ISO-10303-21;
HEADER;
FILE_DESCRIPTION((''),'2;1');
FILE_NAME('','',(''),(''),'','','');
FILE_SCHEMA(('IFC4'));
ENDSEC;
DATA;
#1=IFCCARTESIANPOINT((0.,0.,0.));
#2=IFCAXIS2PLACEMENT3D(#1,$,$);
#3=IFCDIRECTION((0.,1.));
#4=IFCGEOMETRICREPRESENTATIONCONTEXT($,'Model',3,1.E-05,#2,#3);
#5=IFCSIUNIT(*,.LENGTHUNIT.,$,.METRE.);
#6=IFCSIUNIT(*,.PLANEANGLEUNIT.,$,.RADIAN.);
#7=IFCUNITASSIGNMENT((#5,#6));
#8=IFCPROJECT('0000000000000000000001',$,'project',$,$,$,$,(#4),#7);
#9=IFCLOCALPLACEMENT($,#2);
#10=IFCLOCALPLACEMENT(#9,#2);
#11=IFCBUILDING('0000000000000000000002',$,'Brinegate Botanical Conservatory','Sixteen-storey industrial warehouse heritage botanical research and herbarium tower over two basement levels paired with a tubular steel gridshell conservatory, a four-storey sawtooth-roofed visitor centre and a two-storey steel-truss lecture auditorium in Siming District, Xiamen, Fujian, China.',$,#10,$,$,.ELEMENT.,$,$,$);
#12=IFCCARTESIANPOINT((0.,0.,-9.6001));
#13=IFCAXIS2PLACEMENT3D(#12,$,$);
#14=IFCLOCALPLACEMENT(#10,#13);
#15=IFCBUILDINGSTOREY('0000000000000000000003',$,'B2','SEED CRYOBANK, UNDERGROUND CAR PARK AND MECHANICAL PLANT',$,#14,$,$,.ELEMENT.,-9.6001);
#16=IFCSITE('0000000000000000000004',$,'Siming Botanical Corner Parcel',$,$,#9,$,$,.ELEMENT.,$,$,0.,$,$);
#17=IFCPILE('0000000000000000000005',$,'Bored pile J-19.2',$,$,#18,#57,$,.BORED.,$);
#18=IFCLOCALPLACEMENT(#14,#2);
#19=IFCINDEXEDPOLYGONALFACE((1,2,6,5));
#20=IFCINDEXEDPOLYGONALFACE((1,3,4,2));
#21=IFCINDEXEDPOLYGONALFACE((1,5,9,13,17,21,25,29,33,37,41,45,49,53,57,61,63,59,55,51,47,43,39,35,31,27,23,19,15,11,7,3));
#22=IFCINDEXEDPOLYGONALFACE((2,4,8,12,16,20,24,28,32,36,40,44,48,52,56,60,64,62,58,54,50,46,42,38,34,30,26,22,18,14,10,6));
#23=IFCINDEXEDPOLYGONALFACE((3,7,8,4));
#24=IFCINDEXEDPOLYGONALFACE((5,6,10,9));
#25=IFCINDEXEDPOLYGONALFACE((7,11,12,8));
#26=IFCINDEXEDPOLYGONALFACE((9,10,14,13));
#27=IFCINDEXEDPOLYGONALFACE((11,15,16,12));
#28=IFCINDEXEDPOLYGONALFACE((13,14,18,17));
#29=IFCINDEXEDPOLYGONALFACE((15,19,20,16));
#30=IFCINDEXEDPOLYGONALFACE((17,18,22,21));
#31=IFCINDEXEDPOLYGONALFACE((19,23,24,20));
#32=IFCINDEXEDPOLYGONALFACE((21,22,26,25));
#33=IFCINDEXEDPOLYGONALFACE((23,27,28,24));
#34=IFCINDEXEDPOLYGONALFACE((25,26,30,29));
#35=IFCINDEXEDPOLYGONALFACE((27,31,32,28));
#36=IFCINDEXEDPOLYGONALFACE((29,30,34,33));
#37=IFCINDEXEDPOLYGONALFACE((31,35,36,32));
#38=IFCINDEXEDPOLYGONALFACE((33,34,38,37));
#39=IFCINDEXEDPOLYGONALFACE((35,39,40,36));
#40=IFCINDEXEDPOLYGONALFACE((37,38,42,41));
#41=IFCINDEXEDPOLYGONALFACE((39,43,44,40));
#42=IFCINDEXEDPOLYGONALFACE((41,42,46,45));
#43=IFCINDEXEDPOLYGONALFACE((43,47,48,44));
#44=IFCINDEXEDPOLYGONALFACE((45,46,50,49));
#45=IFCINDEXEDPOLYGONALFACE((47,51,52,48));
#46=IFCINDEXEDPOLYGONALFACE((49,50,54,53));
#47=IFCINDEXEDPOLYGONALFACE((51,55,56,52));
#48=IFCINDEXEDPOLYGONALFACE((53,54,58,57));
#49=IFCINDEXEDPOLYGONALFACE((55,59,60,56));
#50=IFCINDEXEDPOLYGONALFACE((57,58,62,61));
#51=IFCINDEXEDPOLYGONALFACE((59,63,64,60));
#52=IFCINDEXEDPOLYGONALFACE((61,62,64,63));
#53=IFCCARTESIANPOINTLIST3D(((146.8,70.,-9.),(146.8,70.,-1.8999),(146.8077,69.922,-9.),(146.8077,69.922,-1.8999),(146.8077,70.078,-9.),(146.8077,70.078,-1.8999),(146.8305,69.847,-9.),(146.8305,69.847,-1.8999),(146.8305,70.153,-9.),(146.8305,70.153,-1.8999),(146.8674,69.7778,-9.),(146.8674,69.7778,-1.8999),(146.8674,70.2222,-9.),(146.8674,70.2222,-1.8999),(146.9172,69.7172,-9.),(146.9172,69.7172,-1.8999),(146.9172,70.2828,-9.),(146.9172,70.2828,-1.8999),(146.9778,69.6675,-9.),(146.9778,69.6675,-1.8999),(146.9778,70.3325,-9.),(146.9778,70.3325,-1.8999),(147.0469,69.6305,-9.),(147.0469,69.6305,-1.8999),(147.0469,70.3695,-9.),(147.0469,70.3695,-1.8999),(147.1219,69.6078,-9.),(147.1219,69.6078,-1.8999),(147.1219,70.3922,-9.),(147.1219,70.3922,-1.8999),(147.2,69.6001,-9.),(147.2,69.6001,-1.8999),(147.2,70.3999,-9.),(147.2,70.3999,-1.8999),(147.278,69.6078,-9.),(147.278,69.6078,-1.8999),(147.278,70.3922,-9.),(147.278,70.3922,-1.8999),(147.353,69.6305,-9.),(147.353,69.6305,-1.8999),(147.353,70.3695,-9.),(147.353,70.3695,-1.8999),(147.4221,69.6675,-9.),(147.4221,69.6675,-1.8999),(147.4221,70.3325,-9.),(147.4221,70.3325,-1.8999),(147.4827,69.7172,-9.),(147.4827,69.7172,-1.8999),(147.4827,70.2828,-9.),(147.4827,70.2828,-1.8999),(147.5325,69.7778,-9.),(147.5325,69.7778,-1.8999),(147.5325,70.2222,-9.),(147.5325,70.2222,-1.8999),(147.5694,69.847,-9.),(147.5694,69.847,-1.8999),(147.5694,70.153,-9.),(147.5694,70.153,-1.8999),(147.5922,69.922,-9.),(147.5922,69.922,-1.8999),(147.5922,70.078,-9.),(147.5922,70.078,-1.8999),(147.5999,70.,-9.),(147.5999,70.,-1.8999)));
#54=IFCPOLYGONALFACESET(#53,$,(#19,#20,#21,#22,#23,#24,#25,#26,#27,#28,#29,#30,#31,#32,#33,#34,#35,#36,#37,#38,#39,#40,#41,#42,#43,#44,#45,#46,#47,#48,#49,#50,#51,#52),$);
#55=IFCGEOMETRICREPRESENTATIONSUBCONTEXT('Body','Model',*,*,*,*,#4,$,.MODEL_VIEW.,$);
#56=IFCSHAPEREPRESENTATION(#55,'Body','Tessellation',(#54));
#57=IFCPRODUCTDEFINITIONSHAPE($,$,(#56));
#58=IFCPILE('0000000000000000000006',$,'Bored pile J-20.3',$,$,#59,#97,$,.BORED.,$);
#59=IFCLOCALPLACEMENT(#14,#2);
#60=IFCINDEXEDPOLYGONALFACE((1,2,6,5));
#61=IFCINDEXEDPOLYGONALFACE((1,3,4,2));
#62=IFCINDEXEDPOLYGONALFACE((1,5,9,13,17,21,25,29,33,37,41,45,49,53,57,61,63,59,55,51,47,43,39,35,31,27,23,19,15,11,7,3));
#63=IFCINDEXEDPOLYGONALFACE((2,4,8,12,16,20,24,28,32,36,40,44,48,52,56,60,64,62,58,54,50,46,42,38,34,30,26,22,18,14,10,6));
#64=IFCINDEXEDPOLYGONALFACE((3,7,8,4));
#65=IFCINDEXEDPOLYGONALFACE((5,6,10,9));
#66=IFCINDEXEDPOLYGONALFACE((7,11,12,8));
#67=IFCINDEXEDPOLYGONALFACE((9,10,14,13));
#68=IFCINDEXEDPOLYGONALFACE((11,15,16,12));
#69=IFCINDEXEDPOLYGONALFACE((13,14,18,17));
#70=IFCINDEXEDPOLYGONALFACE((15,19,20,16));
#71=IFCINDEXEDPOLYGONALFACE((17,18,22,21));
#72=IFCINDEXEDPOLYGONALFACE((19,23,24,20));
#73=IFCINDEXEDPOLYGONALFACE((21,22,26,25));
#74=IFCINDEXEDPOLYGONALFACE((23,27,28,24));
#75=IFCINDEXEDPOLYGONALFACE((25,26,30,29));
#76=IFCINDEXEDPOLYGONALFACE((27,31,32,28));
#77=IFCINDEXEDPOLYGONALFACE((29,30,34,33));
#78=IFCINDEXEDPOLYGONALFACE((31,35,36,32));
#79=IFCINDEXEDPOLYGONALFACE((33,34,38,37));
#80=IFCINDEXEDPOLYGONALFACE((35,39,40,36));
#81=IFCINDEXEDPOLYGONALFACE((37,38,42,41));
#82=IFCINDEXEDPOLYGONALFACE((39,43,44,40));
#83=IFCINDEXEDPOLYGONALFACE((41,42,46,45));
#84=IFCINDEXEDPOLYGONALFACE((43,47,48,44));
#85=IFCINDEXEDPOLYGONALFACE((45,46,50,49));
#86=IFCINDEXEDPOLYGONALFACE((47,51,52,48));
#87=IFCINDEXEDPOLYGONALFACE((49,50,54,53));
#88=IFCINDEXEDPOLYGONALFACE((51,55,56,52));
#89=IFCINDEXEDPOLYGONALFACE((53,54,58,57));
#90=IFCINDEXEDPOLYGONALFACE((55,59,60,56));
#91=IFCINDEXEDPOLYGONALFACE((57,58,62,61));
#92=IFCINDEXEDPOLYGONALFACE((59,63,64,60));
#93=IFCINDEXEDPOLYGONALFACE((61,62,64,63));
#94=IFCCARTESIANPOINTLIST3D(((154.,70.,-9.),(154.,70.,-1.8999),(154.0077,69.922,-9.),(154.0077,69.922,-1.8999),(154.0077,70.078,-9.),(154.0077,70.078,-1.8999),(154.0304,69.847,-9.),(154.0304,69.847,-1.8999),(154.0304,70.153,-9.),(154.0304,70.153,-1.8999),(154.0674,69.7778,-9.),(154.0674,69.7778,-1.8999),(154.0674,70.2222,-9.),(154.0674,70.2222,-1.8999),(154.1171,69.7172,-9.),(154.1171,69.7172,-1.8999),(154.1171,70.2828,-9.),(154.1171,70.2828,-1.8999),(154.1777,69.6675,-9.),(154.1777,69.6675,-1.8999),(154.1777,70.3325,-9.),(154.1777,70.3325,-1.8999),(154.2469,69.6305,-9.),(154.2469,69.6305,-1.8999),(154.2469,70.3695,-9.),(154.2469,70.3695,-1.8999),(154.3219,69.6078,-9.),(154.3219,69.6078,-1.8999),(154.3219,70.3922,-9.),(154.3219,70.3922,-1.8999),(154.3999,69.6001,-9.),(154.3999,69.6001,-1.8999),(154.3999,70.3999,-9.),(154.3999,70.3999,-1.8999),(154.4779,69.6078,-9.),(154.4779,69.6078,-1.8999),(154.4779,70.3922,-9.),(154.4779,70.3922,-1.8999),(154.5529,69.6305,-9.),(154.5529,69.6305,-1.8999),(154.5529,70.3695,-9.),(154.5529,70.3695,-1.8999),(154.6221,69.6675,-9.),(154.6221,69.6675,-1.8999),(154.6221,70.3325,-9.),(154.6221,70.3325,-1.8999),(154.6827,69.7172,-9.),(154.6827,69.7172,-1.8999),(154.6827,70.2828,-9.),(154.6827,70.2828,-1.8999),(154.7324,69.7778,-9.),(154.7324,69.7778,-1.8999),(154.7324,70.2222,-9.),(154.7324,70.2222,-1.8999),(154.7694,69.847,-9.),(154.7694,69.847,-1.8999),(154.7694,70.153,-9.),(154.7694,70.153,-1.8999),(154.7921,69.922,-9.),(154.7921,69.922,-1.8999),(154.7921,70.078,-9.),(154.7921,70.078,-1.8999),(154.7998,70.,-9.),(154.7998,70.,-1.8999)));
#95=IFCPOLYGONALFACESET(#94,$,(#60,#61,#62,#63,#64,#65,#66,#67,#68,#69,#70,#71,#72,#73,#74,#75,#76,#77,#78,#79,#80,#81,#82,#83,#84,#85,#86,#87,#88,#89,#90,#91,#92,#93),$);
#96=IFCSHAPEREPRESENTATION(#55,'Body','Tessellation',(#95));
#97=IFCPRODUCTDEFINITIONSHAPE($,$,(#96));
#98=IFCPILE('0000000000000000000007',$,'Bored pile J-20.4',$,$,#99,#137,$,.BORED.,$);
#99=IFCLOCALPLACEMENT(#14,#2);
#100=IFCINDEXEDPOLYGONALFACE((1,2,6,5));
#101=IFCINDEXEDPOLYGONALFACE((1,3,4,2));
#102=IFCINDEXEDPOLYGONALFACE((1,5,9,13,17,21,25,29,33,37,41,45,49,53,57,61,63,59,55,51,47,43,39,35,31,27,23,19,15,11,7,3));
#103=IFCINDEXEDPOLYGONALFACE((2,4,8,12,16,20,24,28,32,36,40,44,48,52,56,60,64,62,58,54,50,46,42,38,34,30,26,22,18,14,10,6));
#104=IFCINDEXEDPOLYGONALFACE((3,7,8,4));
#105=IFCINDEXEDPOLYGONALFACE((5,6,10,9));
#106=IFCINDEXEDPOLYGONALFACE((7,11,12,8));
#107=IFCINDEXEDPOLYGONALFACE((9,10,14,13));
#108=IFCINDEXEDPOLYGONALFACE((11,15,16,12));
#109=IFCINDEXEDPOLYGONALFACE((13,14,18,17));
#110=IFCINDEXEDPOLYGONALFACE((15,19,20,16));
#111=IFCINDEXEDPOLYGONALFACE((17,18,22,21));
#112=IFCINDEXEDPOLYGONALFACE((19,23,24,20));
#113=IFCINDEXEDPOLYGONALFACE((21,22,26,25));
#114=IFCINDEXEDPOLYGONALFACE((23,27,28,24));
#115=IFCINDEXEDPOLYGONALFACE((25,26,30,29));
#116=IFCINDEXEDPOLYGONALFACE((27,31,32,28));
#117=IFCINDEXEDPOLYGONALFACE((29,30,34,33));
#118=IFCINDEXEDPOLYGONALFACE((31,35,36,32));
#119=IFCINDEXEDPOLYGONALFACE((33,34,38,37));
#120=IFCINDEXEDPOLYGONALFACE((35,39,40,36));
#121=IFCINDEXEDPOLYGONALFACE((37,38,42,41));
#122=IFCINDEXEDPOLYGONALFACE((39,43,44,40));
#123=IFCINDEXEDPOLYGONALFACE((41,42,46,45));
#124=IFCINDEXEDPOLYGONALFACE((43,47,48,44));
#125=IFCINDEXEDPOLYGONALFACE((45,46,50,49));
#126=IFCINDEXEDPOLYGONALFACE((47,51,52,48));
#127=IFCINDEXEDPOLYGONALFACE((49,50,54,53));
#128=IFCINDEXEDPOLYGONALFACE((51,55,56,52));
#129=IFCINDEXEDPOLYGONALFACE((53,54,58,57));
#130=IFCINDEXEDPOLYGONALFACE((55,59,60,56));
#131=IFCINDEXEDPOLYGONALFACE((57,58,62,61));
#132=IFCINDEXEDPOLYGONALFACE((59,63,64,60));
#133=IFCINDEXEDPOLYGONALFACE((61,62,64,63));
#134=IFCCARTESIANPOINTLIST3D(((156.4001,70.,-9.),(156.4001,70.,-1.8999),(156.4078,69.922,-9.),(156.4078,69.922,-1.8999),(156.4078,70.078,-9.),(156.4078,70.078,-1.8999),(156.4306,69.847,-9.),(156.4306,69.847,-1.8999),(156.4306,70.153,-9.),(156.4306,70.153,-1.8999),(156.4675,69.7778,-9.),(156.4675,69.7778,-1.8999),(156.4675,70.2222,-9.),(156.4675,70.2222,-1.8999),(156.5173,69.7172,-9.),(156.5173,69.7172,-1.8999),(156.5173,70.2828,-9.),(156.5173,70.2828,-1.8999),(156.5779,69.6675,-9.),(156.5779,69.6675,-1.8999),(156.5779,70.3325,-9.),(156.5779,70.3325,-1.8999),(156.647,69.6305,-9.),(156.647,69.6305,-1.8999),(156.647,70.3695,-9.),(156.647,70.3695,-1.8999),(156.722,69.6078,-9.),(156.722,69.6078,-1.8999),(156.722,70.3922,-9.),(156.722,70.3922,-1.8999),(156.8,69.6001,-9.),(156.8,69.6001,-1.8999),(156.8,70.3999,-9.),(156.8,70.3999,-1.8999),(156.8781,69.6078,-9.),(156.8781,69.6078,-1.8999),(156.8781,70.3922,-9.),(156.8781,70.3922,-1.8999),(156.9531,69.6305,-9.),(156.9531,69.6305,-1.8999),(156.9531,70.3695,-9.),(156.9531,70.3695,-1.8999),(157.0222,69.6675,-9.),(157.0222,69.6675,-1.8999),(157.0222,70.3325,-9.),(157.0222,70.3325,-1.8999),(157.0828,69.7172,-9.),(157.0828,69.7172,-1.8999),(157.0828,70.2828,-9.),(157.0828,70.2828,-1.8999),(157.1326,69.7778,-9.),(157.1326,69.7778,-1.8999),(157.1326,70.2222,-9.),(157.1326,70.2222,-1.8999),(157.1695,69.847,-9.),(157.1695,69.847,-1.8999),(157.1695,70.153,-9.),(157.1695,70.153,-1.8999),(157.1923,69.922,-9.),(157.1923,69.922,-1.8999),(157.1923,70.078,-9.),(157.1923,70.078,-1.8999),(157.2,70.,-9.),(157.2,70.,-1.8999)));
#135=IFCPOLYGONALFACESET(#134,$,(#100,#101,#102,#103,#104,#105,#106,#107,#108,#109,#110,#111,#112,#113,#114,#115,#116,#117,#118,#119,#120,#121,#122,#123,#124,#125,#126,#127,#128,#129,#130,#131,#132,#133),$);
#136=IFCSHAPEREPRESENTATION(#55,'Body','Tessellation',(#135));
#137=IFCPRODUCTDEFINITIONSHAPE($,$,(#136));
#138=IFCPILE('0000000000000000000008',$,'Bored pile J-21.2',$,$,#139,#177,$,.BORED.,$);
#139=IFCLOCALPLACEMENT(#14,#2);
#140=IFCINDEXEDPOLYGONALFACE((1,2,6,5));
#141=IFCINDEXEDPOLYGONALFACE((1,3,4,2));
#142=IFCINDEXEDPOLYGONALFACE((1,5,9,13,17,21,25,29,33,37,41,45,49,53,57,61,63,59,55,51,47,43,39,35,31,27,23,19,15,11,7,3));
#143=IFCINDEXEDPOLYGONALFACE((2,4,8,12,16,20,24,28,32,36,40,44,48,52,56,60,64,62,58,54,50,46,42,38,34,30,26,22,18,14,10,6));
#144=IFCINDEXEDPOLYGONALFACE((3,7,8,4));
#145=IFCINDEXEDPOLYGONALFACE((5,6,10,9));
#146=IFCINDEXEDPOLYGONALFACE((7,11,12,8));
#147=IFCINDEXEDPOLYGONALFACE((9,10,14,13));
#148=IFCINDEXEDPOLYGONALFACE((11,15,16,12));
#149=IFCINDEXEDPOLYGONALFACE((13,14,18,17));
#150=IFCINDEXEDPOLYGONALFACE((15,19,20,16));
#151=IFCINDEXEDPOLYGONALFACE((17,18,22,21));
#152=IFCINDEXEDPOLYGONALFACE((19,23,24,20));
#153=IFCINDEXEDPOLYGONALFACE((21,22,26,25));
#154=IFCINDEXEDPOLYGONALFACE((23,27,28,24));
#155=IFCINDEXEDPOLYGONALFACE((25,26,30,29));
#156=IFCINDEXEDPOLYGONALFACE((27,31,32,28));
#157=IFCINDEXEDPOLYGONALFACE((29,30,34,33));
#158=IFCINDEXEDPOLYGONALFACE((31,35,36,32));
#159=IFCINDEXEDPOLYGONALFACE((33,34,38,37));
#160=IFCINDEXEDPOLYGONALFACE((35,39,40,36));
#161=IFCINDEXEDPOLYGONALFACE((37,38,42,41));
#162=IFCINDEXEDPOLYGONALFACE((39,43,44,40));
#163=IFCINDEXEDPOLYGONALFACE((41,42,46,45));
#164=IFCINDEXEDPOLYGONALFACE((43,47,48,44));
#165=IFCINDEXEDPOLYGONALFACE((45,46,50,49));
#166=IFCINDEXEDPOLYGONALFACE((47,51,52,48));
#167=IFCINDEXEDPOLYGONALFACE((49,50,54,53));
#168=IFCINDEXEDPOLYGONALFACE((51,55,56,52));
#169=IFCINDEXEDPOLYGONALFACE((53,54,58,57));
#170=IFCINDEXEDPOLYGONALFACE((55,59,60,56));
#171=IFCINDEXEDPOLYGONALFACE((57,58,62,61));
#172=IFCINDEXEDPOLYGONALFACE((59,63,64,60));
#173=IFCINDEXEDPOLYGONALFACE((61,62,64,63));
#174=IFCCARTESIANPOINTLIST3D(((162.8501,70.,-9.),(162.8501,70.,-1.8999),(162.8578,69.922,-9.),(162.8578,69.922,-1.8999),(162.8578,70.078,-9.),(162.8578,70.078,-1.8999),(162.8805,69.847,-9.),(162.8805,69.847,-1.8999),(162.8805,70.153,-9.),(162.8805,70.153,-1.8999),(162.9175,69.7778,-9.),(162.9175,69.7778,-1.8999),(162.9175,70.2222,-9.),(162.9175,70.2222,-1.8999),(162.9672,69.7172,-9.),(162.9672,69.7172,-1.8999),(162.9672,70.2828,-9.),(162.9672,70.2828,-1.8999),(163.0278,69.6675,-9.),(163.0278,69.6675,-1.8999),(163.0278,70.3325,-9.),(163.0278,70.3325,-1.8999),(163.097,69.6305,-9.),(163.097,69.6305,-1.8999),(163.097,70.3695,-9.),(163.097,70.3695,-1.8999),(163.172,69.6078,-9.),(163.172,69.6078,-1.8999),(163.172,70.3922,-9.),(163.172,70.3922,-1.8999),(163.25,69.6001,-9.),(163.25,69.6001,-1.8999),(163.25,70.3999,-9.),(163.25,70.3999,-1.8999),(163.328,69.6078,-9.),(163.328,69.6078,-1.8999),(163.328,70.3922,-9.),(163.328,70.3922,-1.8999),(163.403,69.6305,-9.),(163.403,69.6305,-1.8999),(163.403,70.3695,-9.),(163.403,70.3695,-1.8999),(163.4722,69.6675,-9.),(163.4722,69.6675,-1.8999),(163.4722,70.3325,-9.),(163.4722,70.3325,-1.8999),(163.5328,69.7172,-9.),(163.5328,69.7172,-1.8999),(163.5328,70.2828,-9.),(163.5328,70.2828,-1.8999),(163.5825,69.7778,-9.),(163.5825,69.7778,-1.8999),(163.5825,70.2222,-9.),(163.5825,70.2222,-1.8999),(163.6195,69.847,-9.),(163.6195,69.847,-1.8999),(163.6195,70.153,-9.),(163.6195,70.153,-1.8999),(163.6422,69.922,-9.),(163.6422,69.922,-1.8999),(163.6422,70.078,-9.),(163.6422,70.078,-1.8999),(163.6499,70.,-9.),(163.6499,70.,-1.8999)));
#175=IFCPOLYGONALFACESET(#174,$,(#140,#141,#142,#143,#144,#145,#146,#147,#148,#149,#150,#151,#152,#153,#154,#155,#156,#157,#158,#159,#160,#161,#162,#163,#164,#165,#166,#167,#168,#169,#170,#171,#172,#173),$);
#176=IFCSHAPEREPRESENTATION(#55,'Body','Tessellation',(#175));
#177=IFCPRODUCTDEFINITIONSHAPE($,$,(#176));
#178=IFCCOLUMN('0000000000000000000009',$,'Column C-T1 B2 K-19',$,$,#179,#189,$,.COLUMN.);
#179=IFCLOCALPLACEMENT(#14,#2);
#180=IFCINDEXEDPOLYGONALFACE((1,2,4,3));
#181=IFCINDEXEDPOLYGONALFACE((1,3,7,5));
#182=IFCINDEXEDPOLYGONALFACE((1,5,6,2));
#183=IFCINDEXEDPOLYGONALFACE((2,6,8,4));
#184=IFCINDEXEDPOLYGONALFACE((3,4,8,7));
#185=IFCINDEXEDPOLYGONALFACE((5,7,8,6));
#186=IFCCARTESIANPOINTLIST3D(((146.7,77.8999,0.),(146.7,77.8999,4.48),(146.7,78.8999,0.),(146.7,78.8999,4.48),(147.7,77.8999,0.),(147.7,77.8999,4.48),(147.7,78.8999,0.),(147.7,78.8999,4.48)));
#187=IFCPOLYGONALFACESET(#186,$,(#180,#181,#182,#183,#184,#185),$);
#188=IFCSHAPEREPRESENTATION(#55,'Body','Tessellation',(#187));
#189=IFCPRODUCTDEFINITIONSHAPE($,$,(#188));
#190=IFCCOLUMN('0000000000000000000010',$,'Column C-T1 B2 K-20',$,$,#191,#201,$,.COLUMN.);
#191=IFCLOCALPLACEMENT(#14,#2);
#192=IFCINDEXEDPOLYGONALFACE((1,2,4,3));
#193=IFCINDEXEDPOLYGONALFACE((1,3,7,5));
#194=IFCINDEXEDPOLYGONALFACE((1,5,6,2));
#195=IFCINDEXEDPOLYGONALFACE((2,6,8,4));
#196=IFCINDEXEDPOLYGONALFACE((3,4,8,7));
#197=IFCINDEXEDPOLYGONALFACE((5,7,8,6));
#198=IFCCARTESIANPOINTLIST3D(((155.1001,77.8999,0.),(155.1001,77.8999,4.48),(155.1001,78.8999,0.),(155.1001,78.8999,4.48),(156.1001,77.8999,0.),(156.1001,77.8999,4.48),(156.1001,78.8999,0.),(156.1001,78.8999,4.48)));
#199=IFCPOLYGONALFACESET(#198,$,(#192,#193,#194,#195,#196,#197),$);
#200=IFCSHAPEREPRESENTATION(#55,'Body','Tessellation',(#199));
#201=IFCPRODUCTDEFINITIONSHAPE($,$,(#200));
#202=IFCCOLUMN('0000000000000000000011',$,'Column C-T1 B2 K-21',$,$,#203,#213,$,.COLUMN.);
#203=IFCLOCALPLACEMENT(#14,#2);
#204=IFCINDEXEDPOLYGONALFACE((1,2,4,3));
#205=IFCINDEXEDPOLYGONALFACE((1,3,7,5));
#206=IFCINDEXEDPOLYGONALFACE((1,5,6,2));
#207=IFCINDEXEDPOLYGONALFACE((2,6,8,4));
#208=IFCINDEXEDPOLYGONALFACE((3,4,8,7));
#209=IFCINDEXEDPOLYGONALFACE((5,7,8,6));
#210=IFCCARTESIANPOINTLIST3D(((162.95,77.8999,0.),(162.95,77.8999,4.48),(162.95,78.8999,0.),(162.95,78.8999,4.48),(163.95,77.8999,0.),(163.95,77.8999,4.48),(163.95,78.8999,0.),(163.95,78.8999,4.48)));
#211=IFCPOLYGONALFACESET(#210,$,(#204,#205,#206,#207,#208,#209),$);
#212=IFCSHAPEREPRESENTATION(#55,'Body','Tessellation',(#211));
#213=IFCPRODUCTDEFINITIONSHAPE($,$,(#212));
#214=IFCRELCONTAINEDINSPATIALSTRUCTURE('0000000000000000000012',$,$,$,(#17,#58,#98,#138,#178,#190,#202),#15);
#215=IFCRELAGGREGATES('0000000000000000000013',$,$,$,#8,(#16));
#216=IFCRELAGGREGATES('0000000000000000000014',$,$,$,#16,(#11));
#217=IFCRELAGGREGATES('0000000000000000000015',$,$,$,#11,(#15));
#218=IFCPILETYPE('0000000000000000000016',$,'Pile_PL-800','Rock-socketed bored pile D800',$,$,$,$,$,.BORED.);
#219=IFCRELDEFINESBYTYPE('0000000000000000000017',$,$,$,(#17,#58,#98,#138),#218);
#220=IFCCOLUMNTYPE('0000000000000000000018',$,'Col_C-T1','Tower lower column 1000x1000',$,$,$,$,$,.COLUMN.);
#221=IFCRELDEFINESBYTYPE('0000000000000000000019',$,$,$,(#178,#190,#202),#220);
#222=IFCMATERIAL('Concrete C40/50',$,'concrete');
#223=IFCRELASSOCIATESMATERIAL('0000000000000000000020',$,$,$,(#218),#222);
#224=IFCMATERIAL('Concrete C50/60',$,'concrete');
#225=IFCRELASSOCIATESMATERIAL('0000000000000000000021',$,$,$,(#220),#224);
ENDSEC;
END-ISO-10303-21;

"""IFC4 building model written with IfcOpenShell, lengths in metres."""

from ifc_helpers import new_model, si_unit, direction, frame, origin, origin_2d, place, context, subcontext, project, spatial, rectangle, circle, extrude, material, material_profile, profile_set, type_object, element, save


model = new_model("IFC4")

# Units and contexts
model_context = context("Model", 3, precision=1e-05, world=origin(), true_north=direction((0.0, 1.0)))
body_context = subcontext(model_context, "Body", "Model", "MODEL_VIEW")
ifc_project = project(units=[si_unit("LENGTHUNIT", "METRE"), si_unit("PLANEANGLEUNIT", "RADIAN")], contexts=[model_context])

# Site, building, storey
site_placement = place(None, origin())
site = spatial("IfcSite", under=ifc_project, at=site_placement, Name="Siming Botanical Corner Parcel", CompositionType="ELEMENT", RefElevation=0.0)
building_placement = place(site_placement, origin())
building = spatial("IfcBuilding", under=site, at=building_placement, Name="Brinegate Botanical Conservatory", Description="Sixteen-storey industrial warehouse heritage botanical research and herbarium tower over two basement levels paired with a tubular steel gridshell conservatory, a four-storey sawtooth-roofed visitor centre and a two-storey steel-truss lecture auditorium in Siming District, Xiamen, Fujian, China.", CompositionType="ELEMENT")
storey_placement = place(building_placement, frame((0.0, 0.0, -9.6001)))
storey = spatial("IfcBuildingStorey", under=building, at=storey_placement, Name="B2", Description="SEED CRYOBANK, UNDERGROUND CAR PARK AND MECHANICAL PLANT", CompositionType="ELEMENT", Elevation=-9.6001)

# Shared definitions
ifc_material_1 = material(Name="Concrete C40/50", Category="concrete")

# Piles
ifc_material_profile_1 = material_profile(ifc_material_1, circle(Radius=0.3999, at=origin_2d()), Name="PILE D800")
ifc_profile_set_1 = profile_set([ifc_material_profile_1], Name="Concrete C40/50")
pile_type_1 = type_object("IfcPileType", Name="Pile_PL-800", Description="Rock-socketed bored pile D800", PredefinedType="BORED", material=ifc_profile_set_1)
for number, where, z_axis, x_axis, name in (
    (1, (147.2, 70.0, -1.8999), (0.0, 0.0, -1.0), (1.0, 0.0, 0.0), "Bored pile J-19.2"),
    (2, (154.3999, 70.0, -1.8999), (0.0, 0.0, -1.0), (1.0, 0.0, 0.0), "Bored pile J-20.3"),
    (3, (156.8, 70.0, -1.8999), (0.0, 0.0, -1.0), (1.0, 0.0, 0.0), "Bored pile J-20.4"),
    (4, (163.25, 70.0, -1.8999), (0.0, 0.0, -1.0), (1.0, 0.0, 0.0), "Bored pile J-21.2"),
):
    element("IfcPile", number, at=place(storey_placement, frame(where, z_axis=z_axis, x_axis=x_axis)), inside=storey, type_object=pile_type_1, Name=name, PredefinedType="BORED", context=body_context, shape_type="SweptSolid", body=[
        extrude(circle(Radius=0.3999, at=origin_2d()), origin(), (0.0, 0.0, 1.0), 7.1001),
    ])

# Columns
ifc_material_2 = material(Name="Concrete C50/60", Category="concrete")
ifc_material_profile_2 = material_profile(ifc_material_2, rectangle(XDim=1.0, YDim=1.0, at=origin_2d()), Name="RC COL 1000x1000")
ifc_profile_set_2 = profile_set([ifc_material_profile_2], Name="Concrete C50/60")
column_type_1 = type_object("IfcColumnType", Name="Col_C-T1", Description="Tower lower column 1000x1000", PredefinedType="COLUMN", material=ifc_profile_set_2)
for number, where, z_axis, x_axis, name in (
    (5, (147.2, 78.3999, 0.0), (0.0, 0.0, 1.0), (1.0, 0.0, 0.0), "Column C-T1 B2 K-19"),
    (6, (155.6001, 78.3999, 0.0), (0.0, 0.0, 1.0), (1.0, 0.0, 0.0), "Column C-T1 B2 K-20"),
    (7, (163.45, 78.3999, 0.0), (0.0, 0.0, 1.0), (1.0, 0.0, 0.0), "Column C-T1 B2 K-21"),
):
    element("IfcColumn", number, at=place(storey_placement, frame(where, z_axis=z_axis, x_axis=x_axis)), inside=storey, type_object=column_type_1, Name=name, PredefinedType="COLUMN", context=body_context, shape_type="SweptSolid", body=[
        extrude(rectangle(XDim=1.0, YDim=1.0, at=origin_2d()), origin(), (0.0, 0.0, 1.0), 4.48),
    ])

save(model, "model.ifc")
